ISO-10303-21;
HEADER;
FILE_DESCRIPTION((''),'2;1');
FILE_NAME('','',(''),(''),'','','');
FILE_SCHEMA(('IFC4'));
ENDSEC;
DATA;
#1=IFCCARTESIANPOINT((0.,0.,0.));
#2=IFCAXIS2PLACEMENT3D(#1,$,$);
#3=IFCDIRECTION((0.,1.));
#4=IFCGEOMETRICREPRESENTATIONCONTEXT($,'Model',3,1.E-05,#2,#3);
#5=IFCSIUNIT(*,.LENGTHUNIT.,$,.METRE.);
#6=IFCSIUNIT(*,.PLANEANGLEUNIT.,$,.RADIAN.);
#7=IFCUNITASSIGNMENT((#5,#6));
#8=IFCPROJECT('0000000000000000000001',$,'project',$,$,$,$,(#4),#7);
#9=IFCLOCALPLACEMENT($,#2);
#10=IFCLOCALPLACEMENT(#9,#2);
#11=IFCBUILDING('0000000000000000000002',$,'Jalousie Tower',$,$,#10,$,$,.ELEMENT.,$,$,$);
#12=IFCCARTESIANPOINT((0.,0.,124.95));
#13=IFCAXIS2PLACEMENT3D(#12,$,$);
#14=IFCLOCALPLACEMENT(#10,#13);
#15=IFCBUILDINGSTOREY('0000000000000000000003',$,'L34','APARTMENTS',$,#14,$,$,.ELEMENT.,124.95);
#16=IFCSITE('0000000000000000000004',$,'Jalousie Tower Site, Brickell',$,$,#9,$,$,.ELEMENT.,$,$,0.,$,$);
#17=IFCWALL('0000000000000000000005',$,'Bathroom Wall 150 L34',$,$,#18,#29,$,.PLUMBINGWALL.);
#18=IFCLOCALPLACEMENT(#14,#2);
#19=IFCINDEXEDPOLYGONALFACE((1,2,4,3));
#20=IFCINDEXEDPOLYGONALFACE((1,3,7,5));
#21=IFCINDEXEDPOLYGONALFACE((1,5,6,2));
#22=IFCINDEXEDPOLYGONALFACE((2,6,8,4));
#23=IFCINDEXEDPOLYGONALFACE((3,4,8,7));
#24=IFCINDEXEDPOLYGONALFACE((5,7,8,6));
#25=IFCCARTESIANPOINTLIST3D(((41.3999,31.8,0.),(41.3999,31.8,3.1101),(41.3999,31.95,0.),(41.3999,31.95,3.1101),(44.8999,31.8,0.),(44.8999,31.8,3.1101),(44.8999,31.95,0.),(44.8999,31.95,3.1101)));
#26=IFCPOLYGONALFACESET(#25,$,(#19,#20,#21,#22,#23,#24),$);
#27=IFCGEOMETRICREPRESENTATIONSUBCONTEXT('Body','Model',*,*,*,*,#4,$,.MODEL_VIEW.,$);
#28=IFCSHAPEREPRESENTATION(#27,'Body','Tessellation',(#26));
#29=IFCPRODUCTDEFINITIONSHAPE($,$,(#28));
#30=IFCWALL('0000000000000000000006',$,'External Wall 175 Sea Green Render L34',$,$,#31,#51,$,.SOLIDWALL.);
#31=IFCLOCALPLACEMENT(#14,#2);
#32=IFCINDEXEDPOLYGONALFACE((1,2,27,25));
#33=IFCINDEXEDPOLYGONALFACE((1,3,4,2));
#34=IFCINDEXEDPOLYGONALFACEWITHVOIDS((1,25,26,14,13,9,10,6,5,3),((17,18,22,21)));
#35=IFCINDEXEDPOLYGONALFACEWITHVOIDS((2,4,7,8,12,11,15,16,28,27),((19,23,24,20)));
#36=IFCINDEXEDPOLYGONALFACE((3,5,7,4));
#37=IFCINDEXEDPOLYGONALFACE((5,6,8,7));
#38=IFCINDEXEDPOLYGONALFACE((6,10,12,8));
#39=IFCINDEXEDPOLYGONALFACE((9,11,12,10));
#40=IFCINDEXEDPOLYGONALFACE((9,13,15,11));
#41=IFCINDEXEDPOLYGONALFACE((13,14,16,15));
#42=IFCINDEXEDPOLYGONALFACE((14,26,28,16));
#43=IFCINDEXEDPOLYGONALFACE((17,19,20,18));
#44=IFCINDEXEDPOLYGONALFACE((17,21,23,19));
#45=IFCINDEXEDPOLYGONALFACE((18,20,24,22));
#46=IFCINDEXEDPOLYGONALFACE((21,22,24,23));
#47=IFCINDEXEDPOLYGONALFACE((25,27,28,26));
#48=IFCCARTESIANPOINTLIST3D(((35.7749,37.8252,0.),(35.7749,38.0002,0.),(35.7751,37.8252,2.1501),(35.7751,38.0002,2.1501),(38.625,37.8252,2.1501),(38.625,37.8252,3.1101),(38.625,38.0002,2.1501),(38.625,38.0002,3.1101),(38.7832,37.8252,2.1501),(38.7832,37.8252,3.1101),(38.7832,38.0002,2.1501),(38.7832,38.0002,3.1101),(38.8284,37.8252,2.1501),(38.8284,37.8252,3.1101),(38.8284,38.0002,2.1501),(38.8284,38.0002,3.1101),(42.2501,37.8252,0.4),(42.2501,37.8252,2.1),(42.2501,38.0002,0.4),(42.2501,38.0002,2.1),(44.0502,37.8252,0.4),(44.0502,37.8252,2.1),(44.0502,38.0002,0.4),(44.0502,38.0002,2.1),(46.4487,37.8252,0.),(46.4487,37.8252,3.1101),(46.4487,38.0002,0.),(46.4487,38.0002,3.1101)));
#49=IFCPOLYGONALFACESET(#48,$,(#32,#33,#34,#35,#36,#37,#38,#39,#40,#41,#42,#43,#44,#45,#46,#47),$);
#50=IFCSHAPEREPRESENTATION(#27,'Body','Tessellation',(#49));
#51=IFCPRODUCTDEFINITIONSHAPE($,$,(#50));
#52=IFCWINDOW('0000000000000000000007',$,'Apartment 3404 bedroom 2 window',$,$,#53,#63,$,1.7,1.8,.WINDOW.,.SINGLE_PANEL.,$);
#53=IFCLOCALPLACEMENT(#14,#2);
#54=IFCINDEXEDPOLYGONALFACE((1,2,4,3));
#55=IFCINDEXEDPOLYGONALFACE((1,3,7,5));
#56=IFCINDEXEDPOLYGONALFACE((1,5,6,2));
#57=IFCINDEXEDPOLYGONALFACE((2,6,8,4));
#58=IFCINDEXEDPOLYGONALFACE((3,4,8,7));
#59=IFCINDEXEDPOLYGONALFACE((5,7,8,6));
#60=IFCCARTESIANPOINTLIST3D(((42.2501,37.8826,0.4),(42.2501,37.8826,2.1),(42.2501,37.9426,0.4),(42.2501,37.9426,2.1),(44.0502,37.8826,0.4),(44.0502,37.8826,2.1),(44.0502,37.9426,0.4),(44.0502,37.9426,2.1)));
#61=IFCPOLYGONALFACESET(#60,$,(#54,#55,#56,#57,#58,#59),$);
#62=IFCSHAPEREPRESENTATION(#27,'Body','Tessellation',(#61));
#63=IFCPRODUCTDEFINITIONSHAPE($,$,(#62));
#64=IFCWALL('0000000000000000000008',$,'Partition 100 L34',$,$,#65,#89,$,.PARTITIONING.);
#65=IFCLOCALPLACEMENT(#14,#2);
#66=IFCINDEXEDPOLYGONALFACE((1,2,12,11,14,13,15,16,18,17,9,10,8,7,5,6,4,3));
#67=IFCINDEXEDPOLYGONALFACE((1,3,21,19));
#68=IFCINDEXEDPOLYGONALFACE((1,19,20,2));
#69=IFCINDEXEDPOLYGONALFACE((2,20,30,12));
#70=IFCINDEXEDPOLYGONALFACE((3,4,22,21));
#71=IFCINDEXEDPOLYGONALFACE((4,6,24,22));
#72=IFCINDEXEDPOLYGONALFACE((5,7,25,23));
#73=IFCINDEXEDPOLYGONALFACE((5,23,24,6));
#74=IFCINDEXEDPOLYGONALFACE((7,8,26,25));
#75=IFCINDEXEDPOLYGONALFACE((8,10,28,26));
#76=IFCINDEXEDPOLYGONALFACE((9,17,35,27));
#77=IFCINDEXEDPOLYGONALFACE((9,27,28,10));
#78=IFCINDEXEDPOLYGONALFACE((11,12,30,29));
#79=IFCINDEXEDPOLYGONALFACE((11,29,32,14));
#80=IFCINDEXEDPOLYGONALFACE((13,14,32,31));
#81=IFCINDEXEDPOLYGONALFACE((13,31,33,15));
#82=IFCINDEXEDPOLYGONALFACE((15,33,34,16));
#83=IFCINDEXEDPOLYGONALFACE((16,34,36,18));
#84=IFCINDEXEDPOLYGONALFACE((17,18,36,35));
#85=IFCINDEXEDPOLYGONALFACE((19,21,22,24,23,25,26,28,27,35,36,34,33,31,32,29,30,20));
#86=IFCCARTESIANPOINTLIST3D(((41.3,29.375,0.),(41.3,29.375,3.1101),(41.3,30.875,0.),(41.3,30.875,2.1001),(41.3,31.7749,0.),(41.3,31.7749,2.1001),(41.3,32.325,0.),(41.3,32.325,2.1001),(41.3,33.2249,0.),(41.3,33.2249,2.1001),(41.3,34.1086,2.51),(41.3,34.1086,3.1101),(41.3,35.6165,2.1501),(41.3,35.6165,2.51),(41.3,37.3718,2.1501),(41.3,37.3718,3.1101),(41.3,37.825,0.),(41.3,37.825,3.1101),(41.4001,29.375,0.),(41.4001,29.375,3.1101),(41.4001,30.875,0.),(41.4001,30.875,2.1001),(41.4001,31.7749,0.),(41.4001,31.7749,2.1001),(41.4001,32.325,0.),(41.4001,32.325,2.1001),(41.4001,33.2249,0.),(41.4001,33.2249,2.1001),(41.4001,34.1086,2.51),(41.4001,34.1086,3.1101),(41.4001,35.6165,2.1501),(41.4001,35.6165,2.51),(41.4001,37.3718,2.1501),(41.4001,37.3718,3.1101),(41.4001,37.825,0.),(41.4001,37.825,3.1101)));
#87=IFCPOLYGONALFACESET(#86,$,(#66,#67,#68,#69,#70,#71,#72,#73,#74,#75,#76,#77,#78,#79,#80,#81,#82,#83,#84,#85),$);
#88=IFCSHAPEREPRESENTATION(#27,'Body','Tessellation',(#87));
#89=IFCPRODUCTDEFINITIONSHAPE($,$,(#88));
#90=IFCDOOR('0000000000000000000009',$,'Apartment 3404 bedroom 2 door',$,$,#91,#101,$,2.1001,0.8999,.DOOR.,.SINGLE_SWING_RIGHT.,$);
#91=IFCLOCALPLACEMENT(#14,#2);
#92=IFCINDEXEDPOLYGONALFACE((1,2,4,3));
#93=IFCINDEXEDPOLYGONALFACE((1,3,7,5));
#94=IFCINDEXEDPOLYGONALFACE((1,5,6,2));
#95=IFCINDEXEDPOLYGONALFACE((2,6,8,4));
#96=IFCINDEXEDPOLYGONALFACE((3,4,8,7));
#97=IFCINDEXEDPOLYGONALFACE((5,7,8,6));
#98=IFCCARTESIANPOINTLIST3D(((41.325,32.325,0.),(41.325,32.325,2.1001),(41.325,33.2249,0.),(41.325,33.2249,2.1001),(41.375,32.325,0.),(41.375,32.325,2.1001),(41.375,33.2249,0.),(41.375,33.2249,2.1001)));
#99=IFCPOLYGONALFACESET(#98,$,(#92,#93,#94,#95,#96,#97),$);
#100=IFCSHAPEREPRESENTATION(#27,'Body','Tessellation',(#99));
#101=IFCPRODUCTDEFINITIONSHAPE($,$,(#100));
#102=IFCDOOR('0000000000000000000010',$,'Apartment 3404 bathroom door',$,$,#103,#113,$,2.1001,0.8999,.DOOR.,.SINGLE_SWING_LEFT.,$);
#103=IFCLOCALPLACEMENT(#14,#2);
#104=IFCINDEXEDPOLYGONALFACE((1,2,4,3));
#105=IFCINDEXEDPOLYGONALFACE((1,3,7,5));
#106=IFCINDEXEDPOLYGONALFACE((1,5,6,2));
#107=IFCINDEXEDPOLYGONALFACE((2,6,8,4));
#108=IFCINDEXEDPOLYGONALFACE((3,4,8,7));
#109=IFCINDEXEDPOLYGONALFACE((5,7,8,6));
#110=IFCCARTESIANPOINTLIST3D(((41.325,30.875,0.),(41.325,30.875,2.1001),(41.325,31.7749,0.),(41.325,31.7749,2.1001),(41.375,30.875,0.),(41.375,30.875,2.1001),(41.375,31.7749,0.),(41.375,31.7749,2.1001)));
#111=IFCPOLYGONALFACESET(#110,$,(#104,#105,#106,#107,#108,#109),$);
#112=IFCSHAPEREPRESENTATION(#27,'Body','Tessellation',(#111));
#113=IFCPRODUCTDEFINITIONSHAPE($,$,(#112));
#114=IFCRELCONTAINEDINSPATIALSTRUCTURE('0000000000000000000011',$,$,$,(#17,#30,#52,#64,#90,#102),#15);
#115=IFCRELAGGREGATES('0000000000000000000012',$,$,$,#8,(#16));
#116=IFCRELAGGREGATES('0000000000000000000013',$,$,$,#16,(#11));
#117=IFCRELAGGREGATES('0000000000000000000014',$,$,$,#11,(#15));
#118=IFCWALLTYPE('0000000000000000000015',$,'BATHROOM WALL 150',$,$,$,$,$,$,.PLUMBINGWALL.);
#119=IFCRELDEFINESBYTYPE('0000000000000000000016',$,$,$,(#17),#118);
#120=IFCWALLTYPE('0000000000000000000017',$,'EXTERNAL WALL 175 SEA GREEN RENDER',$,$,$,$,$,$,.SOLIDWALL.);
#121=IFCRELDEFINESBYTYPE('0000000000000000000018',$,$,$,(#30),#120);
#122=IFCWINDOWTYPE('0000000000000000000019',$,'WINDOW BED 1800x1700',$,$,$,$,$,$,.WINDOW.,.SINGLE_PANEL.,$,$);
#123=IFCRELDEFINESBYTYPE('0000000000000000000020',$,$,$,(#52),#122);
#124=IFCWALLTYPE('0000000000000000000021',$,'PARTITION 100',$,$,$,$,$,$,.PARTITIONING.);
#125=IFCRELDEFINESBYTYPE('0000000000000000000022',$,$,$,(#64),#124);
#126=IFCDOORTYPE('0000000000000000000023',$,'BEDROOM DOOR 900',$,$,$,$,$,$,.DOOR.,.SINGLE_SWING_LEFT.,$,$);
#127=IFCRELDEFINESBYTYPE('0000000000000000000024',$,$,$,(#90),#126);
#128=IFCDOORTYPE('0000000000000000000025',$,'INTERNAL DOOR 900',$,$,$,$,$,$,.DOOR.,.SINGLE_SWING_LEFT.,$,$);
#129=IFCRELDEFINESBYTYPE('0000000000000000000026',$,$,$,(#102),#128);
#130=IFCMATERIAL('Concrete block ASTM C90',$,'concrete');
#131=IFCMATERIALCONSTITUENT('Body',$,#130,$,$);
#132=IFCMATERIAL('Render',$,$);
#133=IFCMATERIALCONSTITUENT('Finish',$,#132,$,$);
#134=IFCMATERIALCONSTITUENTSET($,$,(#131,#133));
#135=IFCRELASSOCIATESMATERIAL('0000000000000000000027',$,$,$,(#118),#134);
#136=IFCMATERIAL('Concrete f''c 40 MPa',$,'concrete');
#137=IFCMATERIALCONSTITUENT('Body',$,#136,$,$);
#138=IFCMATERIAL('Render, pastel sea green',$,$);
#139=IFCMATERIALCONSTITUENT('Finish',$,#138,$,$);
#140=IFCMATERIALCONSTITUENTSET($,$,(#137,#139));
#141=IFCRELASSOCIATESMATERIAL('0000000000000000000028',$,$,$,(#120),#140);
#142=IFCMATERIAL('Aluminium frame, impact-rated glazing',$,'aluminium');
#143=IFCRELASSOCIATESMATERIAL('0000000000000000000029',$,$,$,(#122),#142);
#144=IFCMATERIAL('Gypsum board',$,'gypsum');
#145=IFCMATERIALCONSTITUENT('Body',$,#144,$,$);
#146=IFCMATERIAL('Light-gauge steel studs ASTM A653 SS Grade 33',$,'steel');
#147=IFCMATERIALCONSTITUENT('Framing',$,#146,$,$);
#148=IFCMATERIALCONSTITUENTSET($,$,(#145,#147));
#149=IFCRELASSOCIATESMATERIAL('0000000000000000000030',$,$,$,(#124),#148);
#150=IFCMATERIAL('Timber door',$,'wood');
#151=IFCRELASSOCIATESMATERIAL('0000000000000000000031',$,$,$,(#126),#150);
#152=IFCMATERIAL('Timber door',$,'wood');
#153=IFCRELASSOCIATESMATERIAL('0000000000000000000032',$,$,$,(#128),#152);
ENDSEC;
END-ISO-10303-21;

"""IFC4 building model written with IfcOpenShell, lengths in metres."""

from ifc_helpers import new_model, si_unit, direction, frame, frame_2d, origin, place, context, subcontext, project, spatial, polyline, rectangle, outline, extrude, material, constituent, constituent_set, type_object, element, fill, save


model = new_model("IFC4")

# Units and contexts
model_context = context("Model", 3, precision=1e-05, world=origin(), true_north=direction((0.0, 1.0)))
body_context = subcontext(model_context, "Body", "Model", "MODEL_VIEW")
ifc_project = project(units=[si_unit("LENGTHUNIT", "METRE"), si_unit("PLANEANGLEUNIT", "RADIAN")], contexts=[model_context])

# Site, building, storey
site_placement = place(None, origin())
site = spatial("IfcSite", under=ifc_project, at=site_placement, Name="Jalousie Tower Site, Brickell", CompositionType="ELEMENT", RefElevation=0.0)
building_placement = place(site_placement, origin())
building = spatial("IfcBuilding", under=site, at=building_placement, Name="Jalousie Tower", CompositionType="ELEMENT")
storey_placement = place(building_placement, frame((0.0, 0.0, 124.95)))
storey = spatial("IfcBuildingStorey", under=building, at=storey_placement, Name="L34", Description="APARTMENTS", CompositionType="ELEMENT", Elevation=124.95)

# Wall
ifc_material_1 = material(Name="Concrete block ASTM C90", Category="concrete")
ifc_constituent_1 = constituent(ifc_material_1, Name="Body")
ifc_material_2 = material(Name="Render")
ifc_constituent_2 = constituent(ifc_material_2, Name="Finish")
ifc_constituent_set_1 = constituent_set(constituents=[ifc_constituent_1, ifc_constituent_2])
wall_type_1 = type_object("IfcWallType", Name="BATHROOM WALL 150", PredefinedType="PLUMBINGWALL", material=ifc_constituent_set_1)
wall_1_placement = place(storey_placement, frame((41.3999, 31.875, 0.0), z_axis=(0.0, 0.0, 1.0), x_axis=(1.0, 0.0, 0.0)))
element("IfcWall", 1, at=wall_1_placement, inside=storey, type_object=wall_type_1, Name="Bathroom Wall 150 L34", PredefinedType="PLUMBINGWALL", context=body_context, shape_type="SweptSolid", body=[
    extrude(rectangle(XDim=3.5, YDim=0.1499, at=frame_2d((1.75, 0.0))), origin(), (0.0, 0.0, 1.0), 3.1101),
])

# Wall, opening, window
ifc_material_3 = material(Name="Concrete f'c 40 MPa", Category="concrete")
ifc_constituent_3 = constituent(ifc_material_3, Name="Body")
ifc_material_4 = material(Name="Render, pastel sea green")
ifc_constituent_4 = constituent(ifc_material_4, Name="Finish")
ifc_constituent_set_2 = constituent_set(constituents=[ifc_constituent_3, ifc_constituent_4])
wall_type_2 = type_object("IfcWallType", Name="EXTERNAL WALL 175 SEA GREEN RENDER", PredefinedType="SOLIDWALL", material=ifc_constituent_set_2)
wall_2_placement = place(storey_placement, frame((46.4487, 37.9126, 0.0), z_axis=(0.0, 0.0, 1.0), x_axis=(-1.0, 0.0, 0.0)))
wall_2 = element("IfcWall", 2, at=wall_2_placement, inside=storey, type_object=wall_type_2, Name="External Wall 175 Sea Green Render L34", PredefinedType="SOLIDWALL", context=body_context, shape_type="SweptSolid", body=[
    extrude(outline(polyline([(0.0, 0.0), (10.6738, 0.0), (10.6736, 2.1501), (7.8237, 2.1501), (7.8237, 3.1101), (7.6655, 3.1101), (7.6655, 2.1501), (7.6204, 2.1501), (7.6204, 3.1101), (0.0, 3.1101), (0.0, 0.0)])), frame((0.0, 0.0874, 0.0), z_axis=(0.0, -1.0, 0.0), x_axis=(1.0, 0.0, 0.0)), (0.0, 0.0, 1.0), 0.175),
])
opening_1_placement = place(wall_2_placement, frame((2.3987, 0.0, 0.3999)))
opening_1 = element("IfcOpeningElement", 3, at=opening_1_placement, cuts=wall_2, PredefinedType="OPENING", context=body_context, shape_type="SweptSolid", body=[
    extrude(rectangle(XDim=1.8, YDim=1.7, at=frame_2d((0.8999, 0.8501))), frame((0.0, 0.0974, 0.0), z_axis=(0.0, -1.0, 0.0), x_axis=(1.0, 0.0, 0.0)), (0.0, 0.0, 1.0), 0.1951),
])
ifc_material_5 = material(Name="Aluminium frame, impact-rated glazing", Category="aluminium")
window_type = type_object("IfcWindowType", Name="WINDOW BED 1800x1700", PartitioningType="SINGLE_PANEL", PredefinedType="WINDOW", material=ifc_material_5)
window_placement = place(opening_1_placement, origin())
window = element("IfcWindow", 4, at=window_placement, inside=storey, type_object=window_type, Name="Apartment 3404 bedroom 2 window", OverallHeight=1.7, OverallWidth=1.8, PartitioningType="SINGLE_PANEL", PredefinedType="WINDOW", context=body_context, shape_type="SweptSolid", body=[
    extrude(rectangle(XDim=1.8, YDim=1.7, at=frame_2d((0.8999, 0.8501))), frame((0.0, 0.03, 0.0), z_axis=(0.0, -1.0, 0.0), x_axis=(1.0, 0.0, 0.0)), (0.0, 0.0, 1.0), 0.0601),
])
fill(opening_1, window)

# Wall, openings, doors
ifc_material_6 = material(Name="Gypsum board", Category="gypsum")
ifc_constituent_5 = constituent(ifc_material_6, Name="Body")
ifc_material_7 = material(Name="Light-gauge steel studs ASTM A653 SS Grade 33", Category="steel")
ifc_constituent_6 = constituent(ifc_material_7, Name="Framing")
ifc_constituent_set_3 = constituent_set(constituents=[ifc_constituent_5, ifc_constituent_6])
wall_type_3 = type_object("IfcWallType", Name="PARTITION 100", PredefinedType="PARTITIONING", material=ifc_constituent_set_3)
wall_3_placement = place(storey_placement, frame((41.3501, 37.825, 0.0), z_axis=(0.0, 0.0, 1.0), x_axis=(0.0, -1.0, 0.0)))
wall_3 = element("IfcWall", 5, at=wall_3_placement, inside=storey, type_object=wall_type_3, Name="Partition 100 L34", PredefinedType="PARTITIONING", context=body_context, shape_type="SweptSolid", body=[
    extrude(outline(polyline([(0.0, 0.0), (8.45, 0.0), (8.45, 3.1101), (3.7163, 3.1101), (3.7163, 2.51), (2.2085, 2.51), (2.2085, 2.1501), (0.4531, 2.1501), (0.4531, 3.1101), (0.0, 3.1101), (0.0, 0.0)])), frame((0.0, 0.05, 0.0), z_axis=(0.0, -1.0, 0.0), x_axis=(1.0, 0.0, 0.0)), (0.0, 0.0, 1.0), 0.1001),
])
opening_2_placement = place(wall_3_placement, frame((4.6001, 0.0, 0.0)))
opening_2 = element("IfcOpeningElement", 6, at=opening_2_placement, cuts=wall_3, PredefinedType="OPENING", context=body_context, shape_type="SweptSolid", body=[
    extrude(rectangle(XDim=0.8999, YDim=2.1001, at=frame_2d((0.45, 1.05))), frame((0.0, 0.0601, 0.0), z_axis=(0.0, -1.0, 0.0), x_axis=(1.0, 0.0, 0.0)), (0.0, 0.0, 1.0), 0.1201),
])
opening_3_placement = place(wall_3_placement, frame((6.05, 0.0, 0.0)))
opening_3 = element("IfcOpeningElement", 7, at=opening_3_placement, cuts=wall_3, PredefinedType="OPENING", context=body_context, shape_type="SweptSolid", body=[
    extrude(rectangle(XDim=0.8999, YDim=2.1001, at=frame_2d((0.45, 1.05))), frame((0.0, 0.0601, 0.0), z_axis=(0.0, -1.0, 0.0), x_axis=(1.0, 0.0, 0.0)), (0.0, 0.0, 1.0), 0.1201),
])
ifc_material_8 = material(Name="Timber door", Category="wood")
door_type_1 = type_object("IfcDoorType", Name="BEDROOM DOOR 900", OperationType="SINGLE_SWING_LEFT", PredefinedType="DOOR", material=ifc_material_8)
door_1_placement = place(opening_2_placement, origin())
door_1 = element("IfcDoor", 8, at=door_1_placement, inside=storey, type_object=door_type_1, Name="Apartment 3404 bedroom 2 door", OperationType="SINGLE_SWING_RIGHT", OverallHeight=2.1001, OverallWidth=0.8999, PredefinedType="DOOR", context=body_context, shape_type="SweptSolid", body=[
    extrude(rectangle(XDim=0.8999, YDim=2.1001, at=frame_2d((0.45, 1.05))), frame((0.0, 0.0249, 0.0), z_axis=(0.0, -1.0, 0.0), x_axis=(1.0, 0.0, 0.0)), (0.0, 0.0, 1.0), 0.05),
])
fill(opening_2, door_1)
ifc_material_9 = material(Name="Timber door", Category="wood")
door_type_2 = type_object("IfcDoorType", Name="INTERNAL DOOR 900", OperationType="SINGLE_SWING_LEFT", PredefinedType="DOOR", material=ifc_material_9)
door_2_placement = place(opening_3_placement, origin())
door_2 = element("IfcDoor", 9, at=door_2_placement, inside=storey, type_object=door_type_2, Name="Apartment 3404 bathroom door", OperationType="SINGLE_SWING_LEFT", OverallHeight=2.1001, OverallWidth=0.8999, PredefinedType="DOOR", context=body_context, shape_type="SweptSolid", body=[
    extrude(rectangle(XDim=0.8999, YDim=2.1001, at=frame_2d((0.45, 1.05))), frame((0.0, 0.0249, 0.0), z_axis=(0.0, -1.0, 0.0), x_axis=(1.0, 0.0, 0.0)), (0.0, 0.0, 1.0), 0.05),
])
fill(opening_3, door_2)

save(model, "model.ifc")
